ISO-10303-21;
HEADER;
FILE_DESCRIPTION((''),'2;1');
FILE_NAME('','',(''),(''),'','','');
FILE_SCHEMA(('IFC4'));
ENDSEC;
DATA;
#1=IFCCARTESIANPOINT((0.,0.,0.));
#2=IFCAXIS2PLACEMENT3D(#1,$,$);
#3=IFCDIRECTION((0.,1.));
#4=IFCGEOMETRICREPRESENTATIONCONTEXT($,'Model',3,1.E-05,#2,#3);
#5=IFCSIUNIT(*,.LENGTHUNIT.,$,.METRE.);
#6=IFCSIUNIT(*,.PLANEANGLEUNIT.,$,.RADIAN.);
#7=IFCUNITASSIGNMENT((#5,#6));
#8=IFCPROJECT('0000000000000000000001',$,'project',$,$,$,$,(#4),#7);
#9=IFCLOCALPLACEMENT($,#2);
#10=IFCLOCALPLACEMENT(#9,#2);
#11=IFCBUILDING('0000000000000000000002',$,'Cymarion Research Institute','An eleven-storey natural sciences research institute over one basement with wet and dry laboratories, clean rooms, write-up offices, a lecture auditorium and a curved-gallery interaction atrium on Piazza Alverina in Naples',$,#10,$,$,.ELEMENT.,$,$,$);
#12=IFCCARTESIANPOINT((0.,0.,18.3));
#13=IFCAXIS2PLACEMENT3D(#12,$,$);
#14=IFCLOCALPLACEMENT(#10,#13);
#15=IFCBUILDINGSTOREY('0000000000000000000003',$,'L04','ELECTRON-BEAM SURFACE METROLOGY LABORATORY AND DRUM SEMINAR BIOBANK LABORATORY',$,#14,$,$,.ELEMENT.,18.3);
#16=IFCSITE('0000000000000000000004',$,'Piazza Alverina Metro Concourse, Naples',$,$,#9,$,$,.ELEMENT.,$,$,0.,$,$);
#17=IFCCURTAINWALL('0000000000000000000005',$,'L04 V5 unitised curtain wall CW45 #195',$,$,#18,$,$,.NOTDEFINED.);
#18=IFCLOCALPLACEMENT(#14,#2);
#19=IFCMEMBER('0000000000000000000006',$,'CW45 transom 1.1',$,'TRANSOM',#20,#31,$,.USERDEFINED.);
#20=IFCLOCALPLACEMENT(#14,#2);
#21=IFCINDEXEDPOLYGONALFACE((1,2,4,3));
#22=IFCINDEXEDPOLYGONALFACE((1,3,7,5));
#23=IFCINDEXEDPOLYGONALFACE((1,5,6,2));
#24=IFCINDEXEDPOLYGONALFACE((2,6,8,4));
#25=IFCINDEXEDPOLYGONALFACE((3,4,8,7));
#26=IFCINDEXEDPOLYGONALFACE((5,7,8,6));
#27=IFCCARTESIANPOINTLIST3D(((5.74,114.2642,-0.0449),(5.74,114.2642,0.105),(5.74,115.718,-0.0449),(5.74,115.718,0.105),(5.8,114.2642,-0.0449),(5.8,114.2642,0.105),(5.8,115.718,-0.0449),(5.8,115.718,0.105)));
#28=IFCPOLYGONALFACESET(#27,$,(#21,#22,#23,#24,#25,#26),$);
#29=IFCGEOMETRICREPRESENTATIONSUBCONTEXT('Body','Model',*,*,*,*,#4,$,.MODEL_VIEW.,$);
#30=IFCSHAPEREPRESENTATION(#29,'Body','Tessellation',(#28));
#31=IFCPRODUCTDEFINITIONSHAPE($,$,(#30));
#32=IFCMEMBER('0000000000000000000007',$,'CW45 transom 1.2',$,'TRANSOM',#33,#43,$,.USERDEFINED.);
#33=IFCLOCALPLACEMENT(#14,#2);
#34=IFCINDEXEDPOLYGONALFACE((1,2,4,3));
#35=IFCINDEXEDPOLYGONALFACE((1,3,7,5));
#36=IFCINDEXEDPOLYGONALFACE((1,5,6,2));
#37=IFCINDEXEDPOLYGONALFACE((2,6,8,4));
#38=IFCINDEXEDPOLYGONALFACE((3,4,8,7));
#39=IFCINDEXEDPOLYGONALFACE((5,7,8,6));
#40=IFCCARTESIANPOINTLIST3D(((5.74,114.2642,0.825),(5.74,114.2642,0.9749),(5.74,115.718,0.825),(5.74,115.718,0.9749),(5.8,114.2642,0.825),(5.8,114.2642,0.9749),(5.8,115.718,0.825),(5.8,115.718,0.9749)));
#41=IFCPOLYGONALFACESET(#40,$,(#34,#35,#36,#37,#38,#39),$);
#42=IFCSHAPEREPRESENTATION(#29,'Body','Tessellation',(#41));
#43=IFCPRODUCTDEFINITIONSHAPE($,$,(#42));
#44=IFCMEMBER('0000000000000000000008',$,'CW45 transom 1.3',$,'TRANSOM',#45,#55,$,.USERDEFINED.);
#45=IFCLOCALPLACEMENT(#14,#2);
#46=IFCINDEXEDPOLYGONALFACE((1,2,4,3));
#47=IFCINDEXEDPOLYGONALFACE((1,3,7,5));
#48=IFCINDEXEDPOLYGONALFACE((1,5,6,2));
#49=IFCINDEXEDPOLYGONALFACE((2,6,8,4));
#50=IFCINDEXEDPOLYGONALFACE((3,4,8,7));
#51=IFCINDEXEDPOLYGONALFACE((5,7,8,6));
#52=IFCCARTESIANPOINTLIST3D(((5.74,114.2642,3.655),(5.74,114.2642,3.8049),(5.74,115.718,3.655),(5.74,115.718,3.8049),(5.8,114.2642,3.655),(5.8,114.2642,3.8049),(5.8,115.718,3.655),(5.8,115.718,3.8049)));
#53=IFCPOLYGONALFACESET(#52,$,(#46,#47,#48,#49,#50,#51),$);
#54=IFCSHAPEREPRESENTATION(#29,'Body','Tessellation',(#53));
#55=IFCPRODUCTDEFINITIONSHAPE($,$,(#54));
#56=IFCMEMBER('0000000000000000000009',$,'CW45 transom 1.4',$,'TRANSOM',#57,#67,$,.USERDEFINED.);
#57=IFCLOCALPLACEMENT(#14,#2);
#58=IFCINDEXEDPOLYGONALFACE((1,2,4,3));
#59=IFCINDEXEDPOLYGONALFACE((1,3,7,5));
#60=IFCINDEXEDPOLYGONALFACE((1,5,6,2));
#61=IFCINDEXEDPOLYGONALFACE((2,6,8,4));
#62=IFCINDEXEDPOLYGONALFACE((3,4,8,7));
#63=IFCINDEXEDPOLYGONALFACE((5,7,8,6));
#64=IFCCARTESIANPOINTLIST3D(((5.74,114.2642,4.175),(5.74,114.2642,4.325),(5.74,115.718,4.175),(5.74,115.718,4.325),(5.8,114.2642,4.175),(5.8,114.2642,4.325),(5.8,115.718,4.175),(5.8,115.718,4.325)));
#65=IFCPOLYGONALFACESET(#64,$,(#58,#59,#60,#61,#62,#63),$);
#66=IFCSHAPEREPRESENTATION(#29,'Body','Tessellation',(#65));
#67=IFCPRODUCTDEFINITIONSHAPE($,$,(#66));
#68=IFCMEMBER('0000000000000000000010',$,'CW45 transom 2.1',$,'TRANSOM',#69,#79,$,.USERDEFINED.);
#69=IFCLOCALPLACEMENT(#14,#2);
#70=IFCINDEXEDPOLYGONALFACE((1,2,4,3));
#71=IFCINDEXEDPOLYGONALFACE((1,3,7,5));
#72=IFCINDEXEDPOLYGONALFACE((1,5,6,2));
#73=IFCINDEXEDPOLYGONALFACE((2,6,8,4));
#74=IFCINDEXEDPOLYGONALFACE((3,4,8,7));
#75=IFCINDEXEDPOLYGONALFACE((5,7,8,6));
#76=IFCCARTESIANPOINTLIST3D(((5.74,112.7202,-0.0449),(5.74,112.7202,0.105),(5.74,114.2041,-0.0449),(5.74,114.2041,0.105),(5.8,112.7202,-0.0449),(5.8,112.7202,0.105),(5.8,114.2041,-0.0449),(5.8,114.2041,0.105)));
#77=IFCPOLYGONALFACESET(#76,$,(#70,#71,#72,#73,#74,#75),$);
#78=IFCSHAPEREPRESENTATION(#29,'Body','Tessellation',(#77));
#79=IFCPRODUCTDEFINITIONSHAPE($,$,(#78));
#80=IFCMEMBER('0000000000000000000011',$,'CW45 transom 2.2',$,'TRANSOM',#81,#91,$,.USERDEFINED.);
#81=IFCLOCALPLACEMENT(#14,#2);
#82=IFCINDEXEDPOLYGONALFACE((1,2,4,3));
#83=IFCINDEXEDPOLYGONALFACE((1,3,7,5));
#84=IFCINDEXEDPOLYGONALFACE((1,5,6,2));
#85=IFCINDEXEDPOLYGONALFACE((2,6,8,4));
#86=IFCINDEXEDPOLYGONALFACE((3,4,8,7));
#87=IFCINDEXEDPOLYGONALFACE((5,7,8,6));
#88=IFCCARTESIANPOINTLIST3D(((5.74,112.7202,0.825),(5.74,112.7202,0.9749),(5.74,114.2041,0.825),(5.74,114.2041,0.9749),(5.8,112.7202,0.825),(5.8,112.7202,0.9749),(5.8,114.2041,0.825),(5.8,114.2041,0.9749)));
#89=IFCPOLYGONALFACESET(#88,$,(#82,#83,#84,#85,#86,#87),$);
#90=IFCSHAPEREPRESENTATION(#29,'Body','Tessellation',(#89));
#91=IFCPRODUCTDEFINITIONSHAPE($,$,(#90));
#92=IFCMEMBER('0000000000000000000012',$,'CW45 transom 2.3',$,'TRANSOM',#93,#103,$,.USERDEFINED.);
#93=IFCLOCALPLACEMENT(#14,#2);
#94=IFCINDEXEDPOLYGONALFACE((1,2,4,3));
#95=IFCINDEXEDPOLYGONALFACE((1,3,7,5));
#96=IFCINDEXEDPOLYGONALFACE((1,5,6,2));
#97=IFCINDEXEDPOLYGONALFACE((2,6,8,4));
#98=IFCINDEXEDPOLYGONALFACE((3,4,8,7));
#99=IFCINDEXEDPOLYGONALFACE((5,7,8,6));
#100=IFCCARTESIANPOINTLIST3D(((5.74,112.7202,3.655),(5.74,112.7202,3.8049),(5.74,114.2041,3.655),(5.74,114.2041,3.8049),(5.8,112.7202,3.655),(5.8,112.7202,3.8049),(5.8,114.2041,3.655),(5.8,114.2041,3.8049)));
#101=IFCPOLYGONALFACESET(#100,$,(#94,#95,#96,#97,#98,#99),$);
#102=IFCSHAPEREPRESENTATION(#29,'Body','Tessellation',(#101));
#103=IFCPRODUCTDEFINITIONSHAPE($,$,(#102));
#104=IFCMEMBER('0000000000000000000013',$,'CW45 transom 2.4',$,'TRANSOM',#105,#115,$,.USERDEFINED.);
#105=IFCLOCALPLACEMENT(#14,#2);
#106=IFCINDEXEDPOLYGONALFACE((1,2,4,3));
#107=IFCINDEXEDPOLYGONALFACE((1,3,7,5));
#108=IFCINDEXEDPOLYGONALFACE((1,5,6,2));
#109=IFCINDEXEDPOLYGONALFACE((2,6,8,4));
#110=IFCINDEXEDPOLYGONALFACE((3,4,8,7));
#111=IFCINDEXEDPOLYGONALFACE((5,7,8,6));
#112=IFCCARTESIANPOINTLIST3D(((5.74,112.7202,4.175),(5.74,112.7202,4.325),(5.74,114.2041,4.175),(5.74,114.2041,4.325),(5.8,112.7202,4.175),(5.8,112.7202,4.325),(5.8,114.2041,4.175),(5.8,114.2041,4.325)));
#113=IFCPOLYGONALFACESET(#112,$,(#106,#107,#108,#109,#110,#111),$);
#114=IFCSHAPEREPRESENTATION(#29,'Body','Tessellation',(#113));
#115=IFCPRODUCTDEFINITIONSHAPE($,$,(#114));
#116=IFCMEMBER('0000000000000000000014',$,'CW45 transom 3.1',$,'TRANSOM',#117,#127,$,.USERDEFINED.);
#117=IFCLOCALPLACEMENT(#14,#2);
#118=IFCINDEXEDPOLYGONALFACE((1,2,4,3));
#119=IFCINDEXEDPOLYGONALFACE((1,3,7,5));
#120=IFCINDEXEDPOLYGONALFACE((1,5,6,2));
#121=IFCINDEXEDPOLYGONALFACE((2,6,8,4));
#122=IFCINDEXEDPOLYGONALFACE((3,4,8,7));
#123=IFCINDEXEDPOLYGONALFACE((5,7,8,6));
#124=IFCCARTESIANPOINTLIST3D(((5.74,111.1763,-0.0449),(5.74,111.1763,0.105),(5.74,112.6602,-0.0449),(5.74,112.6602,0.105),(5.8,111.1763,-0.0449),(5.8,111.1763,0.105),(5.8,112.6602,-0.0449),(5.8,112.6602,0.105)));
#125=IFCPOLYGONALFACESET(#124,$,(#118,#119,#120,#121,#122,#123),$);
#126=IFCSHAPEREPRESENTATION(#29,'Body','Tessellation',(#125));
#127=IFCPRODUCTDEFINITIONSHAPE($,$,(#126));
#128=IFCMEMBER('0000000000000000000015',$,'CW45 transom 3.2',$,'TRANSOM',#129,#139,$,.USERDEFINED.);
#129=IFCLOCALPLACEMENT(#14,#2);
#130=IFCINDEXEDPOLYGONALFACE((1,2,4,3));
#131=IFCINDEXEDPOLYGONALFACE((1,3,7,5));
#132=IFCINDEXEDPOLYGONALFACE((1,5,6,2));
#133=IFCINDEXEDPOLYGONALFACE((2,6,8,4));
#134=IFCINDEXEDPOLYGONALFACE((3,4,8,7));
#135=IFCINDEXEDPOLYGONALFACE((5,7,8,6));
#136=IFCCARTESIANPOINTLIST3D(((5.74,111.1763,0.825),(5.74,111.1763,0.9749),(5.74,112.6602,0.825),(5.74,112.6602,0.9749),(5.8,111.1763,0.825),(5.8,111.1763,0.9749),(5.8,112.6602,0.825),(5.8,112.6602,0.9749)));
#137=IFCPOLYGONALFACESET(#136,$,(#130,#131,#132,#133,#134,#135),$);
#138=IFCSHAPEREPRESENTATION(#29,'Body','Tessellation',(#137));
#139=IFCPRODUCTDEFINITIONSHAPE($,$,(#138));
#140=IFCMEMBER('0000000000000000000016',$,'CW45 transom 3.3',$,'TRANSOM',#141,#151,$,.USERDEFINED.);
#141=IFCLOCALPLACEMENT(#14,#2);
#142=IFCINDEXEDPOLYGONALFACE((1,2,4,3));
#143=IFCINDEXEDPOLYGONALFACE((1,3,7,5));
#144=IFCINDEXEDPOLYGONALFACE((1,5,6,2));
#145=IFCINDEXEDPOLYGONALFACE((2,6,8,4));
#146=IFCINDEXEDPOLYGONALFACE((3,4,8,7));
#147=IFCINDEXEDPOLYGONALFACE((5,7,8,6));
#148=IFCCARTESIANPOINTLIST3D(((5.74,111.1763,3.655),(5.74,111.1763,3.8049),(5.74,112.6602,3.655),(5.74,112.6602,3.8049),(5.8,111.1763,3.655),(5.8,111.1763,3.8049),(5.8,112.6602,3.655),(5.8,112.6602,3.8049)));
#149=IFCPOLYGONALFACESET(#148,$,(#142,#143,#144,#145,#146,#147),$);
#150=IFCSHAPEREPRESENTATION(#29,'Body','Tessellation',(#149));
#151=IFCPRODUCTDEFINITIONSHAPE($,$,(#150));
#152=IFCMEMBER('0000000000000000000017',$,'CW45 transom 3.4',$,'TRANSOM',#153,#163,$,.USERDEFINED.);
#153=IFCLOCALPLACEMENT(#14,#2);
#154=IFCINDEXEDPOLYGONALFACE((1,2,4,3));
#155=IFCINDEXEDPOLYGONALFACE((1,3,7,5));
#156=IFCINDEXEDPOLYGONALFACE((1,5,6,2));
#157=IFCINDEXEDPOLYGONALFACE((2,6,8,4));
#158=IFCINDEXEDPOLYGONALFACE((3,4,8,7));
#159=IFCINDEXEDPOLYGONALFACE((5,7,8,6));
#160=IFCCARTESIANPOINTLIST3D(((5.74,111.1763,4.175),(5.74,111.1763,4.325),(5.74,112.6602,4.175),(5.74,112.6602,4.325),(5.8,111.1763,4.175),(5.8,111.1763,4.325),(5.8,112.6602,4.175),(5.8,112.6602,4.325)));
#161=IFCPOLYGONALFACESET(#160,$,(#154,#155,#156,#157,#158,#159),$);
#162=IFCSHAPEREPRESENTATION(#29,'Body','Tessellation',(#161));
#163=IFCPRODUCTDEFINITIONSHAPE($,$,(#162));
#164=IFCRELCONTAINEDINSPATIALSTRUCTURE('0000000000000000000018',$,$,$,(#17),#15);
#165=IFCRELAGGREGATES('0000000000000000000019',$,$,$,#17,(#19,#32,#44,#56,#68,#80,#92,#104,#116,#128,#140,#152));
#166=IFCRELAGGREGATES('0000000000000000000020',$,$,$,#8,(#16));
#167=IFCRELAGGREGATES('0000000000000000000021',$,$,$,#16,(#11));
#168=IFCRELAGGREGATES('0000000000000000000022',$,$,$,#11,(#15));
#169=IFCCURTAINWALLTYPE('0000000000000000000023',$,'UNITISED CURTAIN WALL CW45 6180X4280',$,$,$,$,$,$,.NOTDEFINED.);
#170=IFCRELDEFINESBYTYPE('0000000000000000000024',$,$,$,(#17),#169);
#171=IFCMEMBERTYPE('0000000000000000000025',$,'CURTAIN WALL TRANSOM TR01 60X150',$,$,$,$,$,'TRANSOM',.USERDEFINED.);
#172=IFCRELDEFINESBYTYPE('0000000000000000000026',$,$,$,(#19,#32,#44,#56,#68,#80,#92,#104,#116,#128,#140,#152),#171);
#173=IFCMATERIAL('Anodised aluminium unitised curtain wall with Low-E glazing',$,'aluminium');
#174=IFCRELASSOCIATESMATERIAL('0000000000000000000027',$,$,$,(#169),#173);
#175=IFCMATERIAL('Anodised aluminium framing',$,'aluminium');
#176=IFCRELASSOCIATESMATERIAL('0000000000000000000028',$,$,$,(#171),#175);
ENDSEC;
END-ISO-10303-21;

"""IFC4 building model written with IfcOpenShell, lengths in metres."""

from ifc_helpers import new_model, si_unit, direction, frame, origin, origin_2d, place, context, subcontext, project, spatial, rectangle, extrude, material, material_profile, profile_set, type_object, element, aggregate, save


model = new_model("IFC4")

# Units and contexts
model_context = context("Model", 3, precision=1e-05, world=origin(), true_north=direction((0.0, 1.0)))
body_context = subcontext(model_context, "Body", "Model", "MODEL_VIEW")
ifc_project = project(units=[si_unit("LENGTHUNIT", "METRE"), si_unit("PLANEANGLEUNIT", "RADIAN")], contexts=[model_context])

# Site, building, storey
site_placement = place(None, origin())
site = spatial("IfcSite", under=ifc_project, at=site_placement, Name="Piazza Alverina Metro Concourse, Naples", CompositionType="ELEMENT", RefElevation=0.0)
building_placement = place(site_placement, origin())
building = spatial("IfcBuilding", under=site, at=building_placement, Name="Cymarion Research Institute", Description="An eleven-storey natural sciences research institute over one basement with wet and dry laboratories, clean rooms, write-up offices, a lecture auditorium and a curved-gallery interaction atrium on Piazza Alverina in Naples", CompositionType="ELEMENT")
storey_placement = place(building_placement, frame((0.0, 0.0, 18.3)))
storey = spatial("IfcBuildingStorey", under=building, at=storey_placement, Name="L04", Description="ELECTRON-BEAM SURFACE METROLOGY LABORATORY AND DRUM SEMINAR BIOBANK LABORATORY", CompositionType="ELEMENT", Elevation=18.3)

# Curtain wall, members
ifc_material_1 = material(Name="Anodised aluminium unitised curtain wall with Low-E glazing", Category="aluminium")
curtain_wall_type = type_object("IfcCurtainWallType", Name="UNITISED CURTAIN WALL CW45 6180X4280", PredefinedType="NOTDEFINED", material=ifc_material_1)
curtain_wall_placement = place(storey_placement, origin())
curtain_wall = element("IfcCurtainWall", 1, at=curtain_wall_placement, inside=storey, type_object=curtain_wall_type, Name="L04 V5 unitised curtain wall CW45 #195", PredefinedType="NOTDEFINED")
ifc_material_2 = material(Name="Anodised aluminium framing", Category="aluminium")
ifc_material_profile_1 = material_profile(ifc_material_2, rectangle(XDim=0.0601, YDim=0.1499, at=origin_2d()), Name="ALU TRANSOM 60x150")
ifc_profile_set_1 = profile_set([ifc_material_profile_1], Name="Anodised aluminium framing")
member_type_1 = type_object("IfcMemberType", Name="CURTAIN WALL TRANSOM TR01 60X150", ElementType="TRANSOM", PredefinedType="USERDEFINED", material=ifc_profile_set_1)
member_1_placement = place(storey_placement, frame((5.77, 115.718, 0.03), z_axis=(0.0, -1.0, 0.0), x_axis=(1.0, 0.0, 0.0)))
member_1 = element("IfcMember", 2, at=member_1_placement, type_object=member_type_1, Name="CW45 transom 1.1", ObjectType="TRANSOM", PredefinedType="USERDEFINED", context=body_context, shape_type="SweptSolid", body=[
    extrude(rectangle(XDim=0.0601, YDim=0.1499, at=origin_2d()), origin(), (0.0, 0.0, 1.0), 1.4539),
])
member_2_placement = place(storey_placement, frame((5.77, 115.718, 0.8999), z_axis=(0.0, -1.0, 0.0), x_axis=(1.0, 0.0, 0.0)))
member_2 = element("IfcMember", 3, at=member_2_placement, type_object=member_type_1, Name="CW45 transom 1.2", ObjectType="TRANSOM", PredefinedType="USERDEFINED", context=body_context, shape_type="SweptSolid", body=[
    extrude(rectangle(XDim=0.0601, YDim=0.1499, at=origin_2d()), origin(), (0.0, 0.0, 1.0), 1.4539),
])
member_3_placement = place(storey_placement, frame((5.77, 115.718, 3.73), z_axis=(0.0, -1.0, 0.0), x_axis=(1.0, 0.0, 0.0)))
member_3 = element("IfcMember", 4, at=member_3_placement, type_object=member_type_1, Name="CW45 transom 1.3", ObjectType="TRANSOM", PredefinedType="USERDEFINED", context=body_context, shape_type="SweptSolid", body=[
    extrude(rectangle(XDim=0.0601, YDim=0.1499, at=origin_2d()), origin(), (0.0, 0.0, 1.0), 1.4539),
])
member_4_placement = place(storey_placement, frame((5.77, 115.718, 4.25), z_axis=(0.0, -1.0, 0.0), x_axis=(1.0, 0.0, 0.0)))
member_4 = element("IfcMember", 5, at=member_4_placement, type_object=member_type_1, Name="CW45 transom 1.4", ObjectType="TRANSOM", PredefinedType="USERDEFINED", context=body_context, shape_type="SweptSolid", body=[
    extrude(rectangle(XDim=0.0601, YDim=0.1499, at=origin_2d()), origin(), (0.0, 0.0, 1.0), 1.4539),
])
member_5_placement = place(storey_placement, frame((5.77, 114.2041, 0.03), z_axis=(0.0, -1.0, 0.0), x_axis=(1.0, 0.0, 0.0)))
member_5 = element("IfcMember", 6, at=member_5_placement, type_object=member_type_1, Name="CW45 transom 2.1", ObjectType="TRANSOM", PredefinedType="USERDEFINED", context=body_context, shape_type="SweptSolid", body=[
    extrude(rectangle(XDim=0.0601, YDim=0.1499, at=origin_2d()), origin(), (0.0, 0.0, 1.0), 1.4839),
])
member_6_placement = place(storey_placement, frame((5.77, 114.2041, 0.8999), z_axis=(0.0, -1.0, 0.0), x_axis=(1.0, 0.0, 0.0)))
member_6 = element("IfcMember", 7, at=member_6_placement, type_object=member_type_1, Name="CW45 transom 2.2", ObjectType="TRANSOM", PredefinedType="USERDEFINED", context=body_context, shape_type="SweptSolid", body=[
    extrude(rectangle(XDim=0.0601, YDim=0.1499, at=origin_2d()), origin(), (0.0, 0.0, 1.0), 1.4839),
])
member_7_placement = place(storey_placement, frame((5.77, 114.2041, 3.73), z_axis=(0.0, -1.0, 0.0), x_axis=(1.0, 0.0, 0.0)))
member_7 = element("IfcMember", 8, at=member_7_placement, type_object=member_type_1, Name="CW45 transom 2.3", ObjectType="TRANSOM", PredefinedType="USERDEFINED", context=body_context, shape_type="SweptSolid", body=[
    extrude(rectangle(XDim=0.0601, YDim=0.1499, at=origin_2d()), origin(), (0.0, 0.0, 1.0), 1.4839),
])
member_8_placement = place(storey_placement, frame((5.77, 114.2041, 4.25), z_axis=(0.0, -1.0, 0.0), x_axis=(1.0, 0.0, 0.0)))
member_8 = element("IfcMember", 9, at=member_8_placement, type_object=member_type_1, Name="CW45 transom 2.4", ObjectType="TRANSOM", PredefinedType="USERDEFINED", context=body_context, shape_type="SweptSolid", body=[
    extrude(rectangle(XDim=0.0601, YDim=0.1499, at=origin_2d()), origin(), (0.0, 0.0, 1.0), 1.4839),
])
member_9_placement = place(storey_placement, frame((5.77, 112.6602, 0.03), z_axis=(0.0, -1.0, 0.0), x_axis=(1.0, 0.0, 0.0)))
member_9 = element("IfcMember", 10, at=member_9_placement, type_object=member_type_1, Name="CW45 transom 3.1", ObjectType="TRANSOM", PredefinedType="USERDEFINED", context=body_context, shape_type="SweptSolid", body=[
    extrude(rectangle(XDim=0.0601, YDim=0.1499, at=origin_2d()), origin(), (0.0, 0.0, 1.0), 1.4839),
])
member_10_placement = place(storey_placement, frame((5.77, 112.6602, 0.8999), z_axis=(0.0, -1.0, 0.0), x_axis=(1.0, 0.0, 0.0)))
member_10 = element("IfcMember", 11, at=member_10_placement, type_object=member_type_1, Name="CW45 transom 3.2", ObjectType="TRANSOM", PredefinedType="USERDEFINED", context=body_context, shape_type="SweptSolid", body=[
    extrude(rectangle(XDim=0.0601, YDim=0.1499, at=origin_2d()), origin(), (0.0, 0.0, 1.0), 1.4839),
])
member_11_placement = place(storey_placement, frame((5.77, 112.6602, 3.73), z_axis=(0.0, -1.0, 0.0), x_axis=(1.0, 0.0, 0.0)))
member_11 = element("IfcMember", 12, at=member_11_placement, type_object=member_type_1, Name="CW45 transom 3.3", ObjectType="TRANSOM", PredefinedType="USERDEFINED", context=body_context, shape_type="SweptSolid", body=[
    extrude(rectangle(XDim=0.0601, YDim=0.1499, at=origin_2d()), origin(), (0.0, 0.0, 1.0), 1.4839),
])
member_12_placement = place(storey_placement, frame((5.77, 112.6602, 4.25), z_axis=(0.0, -1.0, 0.0), x_axis=(1.0, 0.0, 0.0)))
member_12 = element("IfcMember", 13, at=member_12_placement, type_object=member_type_1, Name="CW45 transom 3.4", ObjectType="TRANSOM", PredefinedType="USERDEFINED", context=body_context, shape_type="SweptSolid", body=[
    extrude(rectangle(XDim=0.0601, YDim=0.1499, at=origin_2d()), origin(), (0.0, 0.0, 1.0), 1.4839),
])

aggregate(curtain_wall, [member_1, member_2, member_3, member_4, member_5, member_6, member_7, member_8, member_9, member_10, member_11, member_12])

save(model, "model.ifc")
